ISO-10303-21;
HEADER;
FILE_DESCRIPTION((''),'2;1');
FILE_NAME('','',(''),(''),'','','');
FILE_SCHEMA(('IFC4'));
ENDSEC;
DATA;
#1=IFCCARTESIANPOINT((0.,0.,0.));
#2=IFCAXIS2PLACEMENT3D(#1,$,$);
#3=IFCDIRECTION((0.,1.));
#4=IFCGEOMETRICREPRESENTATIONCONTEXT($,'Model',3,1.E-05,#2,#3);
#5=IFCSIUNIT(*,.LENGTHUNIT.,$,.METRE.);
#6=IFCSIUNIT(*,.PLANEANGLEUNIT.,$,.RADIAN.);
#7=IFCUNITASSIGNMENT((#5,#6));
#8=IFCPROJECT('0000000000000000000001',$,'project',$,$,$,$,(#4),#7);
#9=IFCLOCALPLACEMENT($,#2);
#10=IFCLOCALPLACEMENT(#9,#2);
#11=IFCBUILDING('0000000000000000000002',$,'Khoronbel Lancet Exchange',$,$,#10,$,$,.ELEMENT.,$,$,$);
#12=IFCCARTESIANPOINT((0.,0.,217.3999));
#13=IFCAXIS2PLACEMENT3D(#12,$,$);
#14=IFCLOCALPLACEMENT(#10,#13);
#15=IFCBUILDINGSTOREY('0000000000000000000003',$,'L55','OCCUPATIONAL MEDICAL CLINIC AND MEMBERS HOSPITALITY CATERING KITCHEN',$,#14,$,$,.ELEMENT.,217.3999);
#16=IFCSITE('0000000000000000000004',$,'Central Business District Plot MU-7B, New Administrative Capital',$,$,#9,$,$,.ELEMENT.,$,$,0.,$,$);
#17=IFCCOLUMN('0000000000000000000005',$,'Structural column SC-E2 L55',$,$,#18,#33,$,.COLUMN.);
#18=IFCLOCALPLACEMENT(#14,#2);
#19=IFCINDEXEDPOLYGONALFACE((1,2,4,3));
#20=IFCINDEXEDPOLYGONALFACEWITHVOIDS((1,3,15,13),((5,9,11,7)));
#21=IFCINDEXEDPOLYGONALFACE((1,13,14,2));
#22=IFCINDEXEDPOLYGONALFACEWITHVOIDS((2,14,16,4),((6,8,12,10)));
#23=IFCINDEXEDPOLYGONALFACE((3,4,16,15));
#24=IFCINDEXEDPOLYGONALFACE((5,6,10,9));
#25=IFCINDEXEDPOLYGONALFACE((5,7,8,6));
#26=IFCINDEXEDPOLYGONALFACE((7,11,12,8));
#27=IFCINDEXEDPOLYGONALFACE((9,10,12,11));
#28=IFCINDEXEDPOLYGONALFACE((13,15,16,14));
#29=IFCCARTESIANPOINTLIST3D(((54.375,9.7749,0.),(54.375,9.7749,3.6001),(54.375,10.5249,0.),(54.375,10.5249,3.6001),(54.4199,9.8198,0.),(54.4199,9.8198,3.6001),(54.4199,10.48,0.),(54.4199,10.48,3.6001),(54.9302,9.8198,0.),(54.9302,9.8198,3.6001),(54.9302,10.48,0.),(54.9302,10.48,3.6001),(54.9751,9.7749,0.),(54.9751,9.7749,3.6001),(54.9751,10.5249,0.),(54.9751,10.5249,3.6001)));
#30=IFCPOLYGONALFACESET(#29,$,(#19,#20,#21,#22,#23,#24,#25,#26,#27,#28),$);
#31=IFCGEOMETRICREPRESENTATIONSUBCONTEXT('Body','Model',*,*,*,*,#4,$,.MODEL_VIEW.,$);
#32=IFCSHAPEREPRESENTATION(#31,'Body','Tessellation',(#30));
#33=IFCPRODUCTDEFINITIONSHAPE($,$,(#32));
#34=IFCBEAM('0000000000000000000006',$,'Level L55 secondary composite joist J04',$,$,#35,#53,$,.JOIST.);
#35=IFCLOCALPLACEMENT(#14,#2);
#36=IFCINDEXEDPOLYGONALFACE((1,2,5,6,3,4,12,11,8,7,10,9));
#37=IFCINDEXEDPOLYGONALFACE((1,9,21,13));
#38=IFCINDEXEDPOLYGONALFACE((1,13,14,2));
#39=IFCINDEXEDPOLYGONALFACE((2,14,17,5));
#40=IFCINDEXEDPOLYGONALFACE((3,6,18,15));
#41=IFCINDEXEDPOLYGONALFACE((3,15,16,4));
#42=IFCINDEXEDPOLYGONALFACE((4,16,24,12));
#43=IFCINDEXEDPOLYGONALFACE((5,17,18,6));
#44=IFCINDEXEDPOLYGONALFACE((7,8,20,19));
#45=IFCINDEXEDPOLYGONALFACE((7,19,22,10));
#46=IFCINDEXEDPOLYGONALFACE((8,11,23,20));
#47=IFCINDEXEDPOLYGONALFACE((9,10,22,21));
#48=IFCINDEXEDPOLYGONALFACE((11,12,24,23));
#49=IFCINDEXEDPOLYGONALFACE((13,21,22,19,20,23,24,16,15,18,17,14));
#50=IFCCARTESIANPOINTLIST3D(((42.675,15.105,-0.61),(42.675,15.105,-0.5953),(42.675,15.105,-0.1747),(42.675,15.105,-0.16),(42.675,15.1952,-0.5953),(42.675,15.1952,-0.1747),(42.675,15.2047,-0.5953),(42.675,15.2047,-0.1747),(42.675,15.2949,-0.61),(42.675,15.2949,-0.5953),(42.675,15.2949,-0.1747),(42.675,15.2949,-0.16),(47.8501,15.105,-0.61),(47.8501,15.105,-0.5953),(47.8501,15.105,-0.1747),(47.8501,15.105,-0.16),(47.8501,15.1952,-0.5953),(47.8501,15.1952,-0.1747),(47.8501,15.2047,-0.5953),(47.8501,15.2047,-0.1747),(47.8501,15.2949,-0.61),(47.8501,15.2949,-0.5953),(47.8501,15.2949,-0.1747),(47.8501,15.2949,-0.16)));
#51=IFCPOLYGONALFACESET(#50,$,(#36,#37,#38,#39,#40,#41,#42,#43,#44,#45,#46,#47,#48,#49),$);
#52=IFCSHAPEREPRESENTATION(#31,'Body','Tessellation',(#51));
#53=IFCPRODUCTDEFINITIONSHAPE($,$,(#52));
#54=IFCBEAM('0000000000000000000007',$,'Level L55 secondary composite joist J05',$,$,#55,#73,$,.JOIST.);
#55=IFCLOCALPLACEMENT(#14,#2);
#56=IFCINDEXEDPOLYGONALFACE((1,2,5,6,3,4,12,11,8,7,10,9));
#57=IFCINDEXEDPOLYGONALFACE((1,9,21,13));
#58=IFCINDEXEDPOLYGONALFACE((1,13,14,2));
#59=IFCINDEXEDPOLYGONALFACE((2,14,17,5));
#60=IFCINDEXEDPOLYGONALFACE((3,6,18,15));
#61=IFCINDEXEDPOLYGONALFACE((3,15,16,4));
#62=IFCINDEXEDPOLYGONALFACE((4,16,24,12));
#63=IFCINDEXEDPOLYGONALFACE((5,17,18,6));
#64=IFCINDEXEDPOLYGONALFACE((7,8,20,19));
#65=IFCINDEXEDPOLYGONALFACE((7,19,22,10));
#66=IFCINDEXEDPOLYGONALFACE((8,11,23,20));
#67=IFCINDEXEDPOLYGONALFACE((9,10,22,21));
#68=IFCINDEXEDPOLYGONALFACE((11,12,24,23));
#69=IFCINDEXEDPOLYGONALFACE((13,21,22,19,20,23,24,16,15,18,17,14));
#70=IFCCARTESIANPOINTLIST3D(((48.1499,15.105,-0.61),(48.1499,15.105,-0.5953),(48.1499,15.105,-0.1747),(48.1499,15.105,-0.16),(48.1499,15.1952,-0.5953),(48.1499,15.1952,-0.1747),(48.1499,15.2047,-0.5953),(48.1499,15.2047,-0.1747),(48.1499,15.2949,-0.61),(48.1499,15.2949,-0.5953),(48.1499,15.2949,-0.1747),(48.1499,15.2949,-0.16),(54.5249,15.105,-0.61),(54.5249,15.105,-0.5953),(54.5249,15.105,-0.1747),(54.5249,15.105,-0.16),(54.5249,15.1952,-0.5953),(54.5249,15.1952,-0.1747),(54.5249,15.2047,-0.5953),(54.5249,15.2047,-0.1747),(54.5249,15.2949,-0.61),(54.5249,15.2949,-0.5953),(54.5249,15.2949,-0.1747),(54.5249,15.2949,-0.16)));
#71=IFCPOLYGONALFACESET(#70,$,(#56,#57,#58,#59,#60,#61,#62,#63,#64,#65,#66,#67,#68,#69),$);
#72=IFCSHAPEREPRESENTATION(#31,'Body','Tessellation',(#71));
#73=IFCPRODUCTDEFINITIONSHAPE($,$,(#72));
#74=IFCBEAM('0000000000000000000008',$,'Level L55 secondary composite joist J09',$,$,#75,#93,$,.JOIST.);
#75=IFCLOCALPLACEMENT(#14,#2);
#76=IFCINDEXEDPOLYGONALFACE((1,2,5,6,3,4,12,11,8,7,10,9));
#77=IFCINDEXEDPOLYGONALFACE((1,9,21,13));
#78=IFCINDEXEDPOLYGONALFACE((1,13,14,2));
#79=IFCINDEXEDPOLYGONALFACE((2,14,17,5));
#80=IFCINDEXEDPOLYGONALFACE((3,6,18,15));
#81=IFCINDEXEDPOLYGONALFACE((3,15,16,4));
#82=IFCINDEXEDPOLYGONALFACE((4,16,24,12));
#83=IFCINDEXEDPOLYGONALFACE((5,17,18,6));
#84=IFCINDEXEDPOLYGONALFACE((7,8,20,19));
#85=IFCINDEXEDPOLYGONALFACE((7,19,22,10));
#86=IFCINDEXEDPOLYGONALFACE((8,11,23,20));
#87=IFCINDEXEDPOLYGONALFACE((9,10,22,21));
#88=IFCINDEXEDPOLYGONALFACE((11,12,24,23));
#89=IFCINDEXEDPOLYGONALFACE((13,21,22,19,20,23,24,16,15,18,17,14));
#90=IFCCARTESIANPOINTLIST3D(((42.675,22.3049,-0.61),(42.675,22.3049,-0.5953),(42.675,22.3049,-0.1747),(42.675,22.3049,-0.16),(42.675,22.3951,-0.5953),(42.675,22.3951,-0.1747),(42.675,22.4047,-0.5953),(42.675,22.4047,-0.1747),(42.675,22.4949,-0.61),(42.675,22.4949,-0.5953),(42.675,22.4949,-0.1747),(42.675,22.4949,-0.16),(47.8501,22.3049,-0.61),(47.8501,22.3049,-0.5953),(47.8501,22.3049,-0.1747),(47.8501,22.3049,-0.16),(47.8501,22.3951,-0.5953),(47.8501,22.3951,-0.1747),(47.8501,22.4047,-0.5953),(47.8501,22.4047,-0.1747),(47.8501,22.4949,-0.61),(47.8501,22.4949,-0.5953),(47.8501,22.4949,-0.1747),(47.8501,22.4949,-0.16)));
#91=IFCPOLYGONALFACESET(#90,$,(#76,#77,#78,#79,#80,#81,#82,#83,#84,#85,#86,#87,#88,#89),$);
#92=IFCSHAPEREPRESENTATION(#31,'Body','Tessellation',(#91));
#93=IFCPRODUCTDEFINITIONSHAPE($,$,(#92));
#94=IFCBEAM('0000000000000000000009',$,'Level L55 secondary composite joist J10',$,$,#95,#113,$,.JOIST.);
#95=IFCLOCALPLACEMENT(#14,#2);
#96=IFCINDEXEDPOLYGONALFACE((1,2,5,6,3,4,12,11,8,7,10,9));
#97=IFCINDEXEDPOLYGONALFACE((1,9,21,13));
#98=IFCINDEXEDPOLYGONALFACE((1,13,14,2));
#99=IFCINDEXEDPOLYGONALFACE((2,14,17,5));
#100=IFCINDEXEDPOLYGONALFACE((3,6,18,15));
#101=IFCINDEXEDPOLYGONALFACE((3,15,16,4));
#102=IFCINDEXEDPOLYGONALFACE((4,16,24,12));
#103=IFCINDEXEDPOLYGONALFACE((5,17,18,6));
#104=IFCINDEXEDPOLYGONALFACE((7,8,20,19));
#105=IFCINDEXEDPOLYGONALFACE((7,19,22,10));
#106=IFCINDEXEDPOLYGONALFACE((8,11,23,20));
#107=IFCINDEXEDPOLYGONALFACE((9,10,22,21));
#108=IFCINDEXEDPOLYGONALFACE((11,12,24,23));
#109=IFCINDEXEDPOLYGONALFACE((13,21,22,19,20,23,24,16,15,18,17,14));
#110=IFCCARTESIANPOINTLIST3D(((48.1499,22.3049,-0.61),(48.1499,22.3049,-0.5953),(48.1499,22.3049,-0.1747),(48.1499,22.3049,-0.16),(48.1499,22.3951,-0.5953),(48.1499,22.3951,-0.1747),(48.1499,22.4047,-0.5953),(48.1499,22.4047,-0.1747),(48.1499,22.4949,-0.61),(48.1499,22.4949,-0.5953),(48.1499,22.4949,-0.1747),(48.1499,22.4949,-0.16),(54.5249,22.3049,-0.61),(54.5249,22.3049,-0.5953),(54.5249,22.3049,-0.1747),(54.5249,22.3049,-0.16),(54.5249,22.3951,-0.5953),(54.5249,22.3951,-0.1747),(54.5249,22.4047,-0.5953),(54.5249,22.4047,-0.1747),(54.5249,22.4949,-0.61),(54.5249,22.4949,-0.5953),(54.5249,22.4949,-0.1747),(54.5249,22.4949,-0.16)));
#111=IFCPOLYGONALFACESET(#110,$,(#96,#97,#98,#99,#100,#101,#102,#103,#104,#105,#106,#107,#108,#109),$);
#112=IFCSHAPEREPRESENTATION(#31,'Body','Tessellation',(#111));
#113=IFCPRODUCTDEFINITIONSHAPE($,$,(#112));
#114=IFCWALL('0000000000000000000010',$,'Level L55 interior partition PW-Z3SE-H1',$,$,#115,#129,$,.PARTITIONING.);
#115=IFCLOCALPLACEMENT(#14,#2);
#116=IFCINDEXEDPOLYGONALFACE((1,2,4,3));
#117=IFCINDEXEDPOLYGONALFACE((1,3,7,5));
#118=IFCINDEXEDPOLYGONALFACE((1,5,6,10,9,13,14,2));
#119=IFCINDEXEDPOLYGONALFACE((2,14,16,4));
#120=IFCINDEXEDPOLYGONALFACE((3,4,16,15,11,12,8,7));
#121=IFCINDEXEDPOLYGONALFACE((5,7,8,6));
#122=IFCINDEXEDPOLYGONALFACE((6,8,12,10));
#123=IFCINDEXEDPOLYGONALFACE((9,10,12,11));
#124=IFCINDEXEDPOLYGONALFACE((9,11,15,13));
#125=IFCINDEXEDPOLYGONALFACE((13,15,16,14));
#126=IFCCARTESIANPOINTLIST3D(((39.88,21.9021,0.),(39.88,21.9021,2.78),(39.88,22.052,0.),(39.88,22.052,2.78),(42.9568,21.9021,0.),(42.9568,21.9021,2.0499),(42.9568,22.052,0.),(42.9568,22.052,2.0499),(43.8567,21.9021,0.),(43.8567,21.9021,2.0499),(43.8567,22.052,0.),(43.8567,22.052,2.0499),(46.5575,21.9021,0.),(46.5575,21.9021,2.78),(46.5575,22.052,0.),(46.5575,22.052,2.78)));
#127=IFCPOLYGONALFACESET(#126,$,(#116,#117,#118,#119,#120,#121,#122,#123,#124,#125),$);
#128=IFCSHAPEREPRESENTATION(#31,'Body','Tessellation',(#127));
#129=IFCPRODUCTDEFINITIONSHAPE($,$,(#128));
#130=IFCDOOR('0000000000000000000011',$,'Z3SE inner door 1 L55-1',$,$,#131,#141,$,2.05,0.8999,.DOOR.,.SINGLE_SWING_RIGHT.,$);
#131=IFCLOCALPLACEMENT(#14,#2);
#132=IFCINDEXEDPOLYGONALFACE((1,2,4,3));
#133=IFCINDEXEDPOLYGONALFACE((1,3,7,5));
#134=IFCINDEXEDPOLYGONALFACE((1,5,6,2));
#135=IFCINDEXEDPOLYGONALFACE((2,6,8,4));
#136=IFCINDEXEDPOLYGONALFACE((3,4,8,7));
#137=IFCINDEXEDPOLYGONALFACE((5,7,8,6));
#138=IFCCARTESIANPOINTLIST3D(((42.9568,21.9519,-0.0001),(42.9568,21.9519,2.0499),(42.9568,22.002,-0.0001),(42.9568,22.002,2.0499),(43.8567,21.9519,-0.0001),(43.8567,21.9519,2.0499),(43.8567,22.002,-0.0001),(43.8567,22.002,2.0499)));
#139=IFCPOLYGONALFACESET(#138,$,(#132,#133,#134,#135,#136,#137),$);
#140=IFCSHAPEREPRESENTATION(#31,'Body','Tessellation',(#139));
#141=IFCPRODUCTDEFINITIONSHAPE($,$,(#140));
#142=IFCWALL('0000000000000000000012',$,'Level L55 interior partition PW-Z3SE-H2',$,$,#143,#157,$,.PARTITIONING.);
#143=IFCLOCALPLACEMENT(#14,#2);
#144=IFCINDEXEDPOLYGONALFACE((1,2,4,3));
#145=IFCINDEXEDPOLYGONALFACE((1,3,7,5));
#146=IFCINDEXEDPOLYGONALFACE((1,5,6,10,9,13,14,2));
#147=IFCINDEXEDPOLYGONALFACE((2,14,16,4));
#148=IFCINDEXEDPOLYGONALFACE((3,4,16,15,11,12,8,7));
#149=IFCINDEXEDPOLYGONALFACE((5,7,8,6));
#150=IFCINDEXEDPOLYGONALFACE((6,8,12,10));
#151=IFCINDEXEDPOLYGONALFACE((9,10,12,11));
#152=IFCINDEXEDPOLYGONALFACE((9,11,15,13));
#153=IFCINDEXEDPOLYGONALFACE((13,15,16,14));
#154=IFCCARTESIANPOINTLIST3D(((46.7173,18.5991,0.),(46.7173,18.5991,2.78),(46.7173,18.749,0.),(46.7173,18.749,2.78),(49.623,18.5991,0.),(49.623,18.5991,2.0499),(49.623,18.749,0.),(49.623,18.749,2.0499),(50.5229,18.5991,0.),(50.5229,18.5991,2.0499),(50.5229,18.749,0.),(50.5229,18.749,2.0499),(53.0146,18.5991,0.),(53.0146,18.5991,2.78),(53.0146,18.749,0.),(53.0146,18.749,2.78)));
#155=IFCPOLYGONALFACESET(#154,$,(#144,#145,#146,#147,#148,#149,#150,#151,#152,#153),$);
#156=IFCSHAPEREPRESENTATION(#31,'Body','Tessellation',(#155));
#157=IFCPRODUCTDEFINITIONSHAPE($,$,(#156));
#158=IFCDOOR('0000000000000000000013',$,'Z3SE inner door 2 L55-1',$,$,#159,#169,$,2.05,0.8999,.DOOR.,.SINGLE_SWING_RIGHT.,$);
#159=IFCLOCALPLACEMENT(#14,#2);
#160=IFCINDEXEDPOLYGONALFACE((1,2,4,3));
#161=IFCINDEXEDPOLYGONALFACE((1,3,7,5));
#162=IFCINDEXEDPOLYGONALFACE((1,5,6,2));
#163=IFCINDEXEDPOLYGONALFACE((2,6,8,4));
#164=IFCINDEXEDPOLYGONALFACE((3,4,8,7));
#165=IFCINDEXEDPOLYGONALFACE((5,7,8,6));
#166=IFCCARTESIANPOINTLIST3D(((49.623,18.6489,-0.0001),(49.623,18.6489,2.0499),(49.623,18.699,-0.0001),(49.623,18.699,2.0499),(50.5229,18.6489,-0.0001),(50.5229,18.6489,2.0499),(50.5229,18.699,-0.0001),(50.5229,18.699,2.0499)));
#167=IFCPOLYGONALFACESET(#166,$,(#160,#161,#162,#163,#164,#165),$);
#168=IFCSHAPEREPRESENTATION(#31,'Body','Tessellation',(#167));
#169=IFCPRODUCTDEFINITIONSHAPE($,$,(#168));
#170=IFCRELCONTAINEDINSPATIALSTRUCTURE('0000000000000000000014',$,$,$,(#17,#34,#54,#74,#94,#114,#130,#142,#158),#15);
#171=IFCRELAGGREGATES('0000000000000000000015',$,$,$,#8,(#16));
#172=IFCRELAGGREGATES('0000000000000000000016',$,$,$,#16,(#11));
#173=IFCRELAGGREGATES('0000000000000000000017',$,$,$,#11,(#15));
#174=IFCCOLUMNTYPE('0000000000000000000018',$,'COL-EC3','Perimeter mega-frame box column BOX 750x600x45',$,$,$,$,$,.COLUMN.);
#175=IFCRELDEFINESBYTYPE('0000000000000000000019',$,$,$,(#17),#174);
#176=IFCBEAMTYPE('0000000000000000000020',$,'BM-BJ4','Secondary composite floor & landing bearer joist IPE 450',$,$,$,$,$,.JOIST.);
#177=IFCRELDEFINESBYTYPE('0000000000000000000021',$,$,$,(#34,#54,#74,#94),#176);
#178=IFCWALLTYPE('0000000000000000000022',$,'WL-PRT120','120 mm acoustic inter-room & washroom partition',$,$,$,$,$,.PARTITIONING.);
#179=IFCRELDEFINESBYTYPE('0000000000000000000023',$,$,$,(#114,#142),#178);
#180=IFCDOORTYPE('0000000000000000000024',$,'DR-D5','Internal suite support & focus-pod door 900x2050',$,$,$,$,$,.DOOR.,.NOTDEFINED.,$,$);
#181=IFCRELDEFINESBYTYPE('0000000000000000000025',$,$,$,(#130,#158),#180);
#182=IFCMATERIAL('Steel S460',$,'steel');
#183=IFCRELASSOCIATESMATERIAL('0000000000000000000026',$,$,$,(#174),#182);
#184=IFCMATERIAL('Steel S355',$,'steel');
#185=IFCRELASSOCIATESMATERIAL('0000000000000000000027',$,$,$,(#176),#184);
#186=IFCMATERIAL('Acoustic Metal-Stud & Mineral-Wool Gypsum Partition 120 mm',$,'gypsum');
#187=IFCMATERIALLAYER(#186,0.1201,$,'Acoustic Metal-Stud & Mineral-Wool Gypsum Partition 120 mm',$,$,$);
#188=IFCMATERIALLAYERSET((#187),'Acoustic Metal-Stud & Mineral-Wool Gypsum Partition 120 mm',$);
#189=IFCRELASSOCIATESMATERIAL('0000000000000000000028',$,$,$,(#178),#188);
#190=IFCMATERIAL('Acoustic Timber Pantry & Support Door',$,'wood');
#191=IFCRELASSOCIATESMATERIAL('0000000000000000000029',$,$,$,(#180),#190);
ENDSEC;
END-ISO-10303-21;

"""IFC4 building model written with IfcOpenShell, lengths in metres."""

from ifc_helpers import new_model, si_unit, direction, frame, frame_2d, origin, origin_2d, place, context, subcontext, project, spatial, rectangle, hollow_rectangle, i_section, extrude, material, layer, layer_set, material_profile, profile_set, type_object, element, fill, save


model = new_model("IFC4")

# Units and contexts
model_context = context("Model", 3, precision=1e-05, world=origin(), true_north=direction((0.0, 1.0)))
body_context = subcontext(model_context, "Body", "Model", "MODEL_VIEW")
ifc_project = project(units=[si_unit("LENGTHUNIT", "METRE"), si_unit("PLANEANGLEUNIT", "RADIAN")], contexts=[model_context])

# Site, building, storey
site_placement = place(None, origin())
site = spatial("IfcSite", under=ifc_project, at=site_placement, Name="Central Business District Plot MU-7B, New Administrative Capital", CompositionType="ELEMENT", RefElevation=0.0)
building_placement = place(site_placement, origin())
building = spatial("IfcBuilding", under=site, at=building_placement, Name="Khoronbel Lancet Exchange", CompositionType="ELEMENT")
storey_placement = place(building_placement, frame((0.0, 0.0, 217.3999)))
storey = spatial("IfcBuildingStorey", under=building, at=storey_placement, Name="L55", Description="OCCUPATIONAL MEDICAL CLINIC AND MEMBERS HOSPITALITY CATERING KITCHEN", CompositionType="ELEMENT", Elevation=217.3999)

# Column
ifc_material_1 = material(Name="Steel S460", Category="steel")
ifc_material_profile_1 = material_profile(ifc_material_1, hollow_rectangle(XDim=0.6001, YDim=0.75, WallThickness=0.0449, at=origin_2d()), Name="BOX 750x600x45")
ifc_profile_set_1 = profile_set([ifc_material_profile_1], Name="Steel S460")
column_type = type_object("IfcColumnType", Name="COL-EC3", Description="Perimeter mega-frame box column BOX 750x600x45", PredefinedType="COLUMN", material=ifc_profile_set_1)
column_placement = place(storey_placement, frame((54.675, 10.1499, 0.0), z_axis=(0.0, 0.0, 1.0), x_axis=(1.0, 0.0, 0.0)))
element("IfcColumn", 1, at=column_placement, inside=storey, type_object=column_type, Name="Structural column SC-E2 L55", PredefinedType="COLUMN", context=body_context, shape_type="SweptSolid", body=[
    extrude(hollow_rectangle(XDim=0.6001, YDim=0.75, WallThickness=0.0449, at=origin_2d()), origin(), (0.0, 0.0, 1.0), 3.6001),
])

# Beams
ifc_material_2 = material(Name="Steel S355", Category="steel")
ifc_material_profile_2 = material_profile(ifc_material_2, i_section(OverallWidth=0.1899, OverallDepth=0.45, WebThickness=0.0095, FlangeThickness=0.0146, at=origin_2d()), Name="IPE 450")
ifc_profile_set_2 = profile_set([ifc_material_profile_2], Name="Steel S355")
beam_type = type_object("IfcBeamType", Name="BM-BJ4", Description="Secondary composite floor & landing bearer joist IPE 450", PredefinedType="JOIST", material=ifc_profile_set_2)
beam_1_placement = place(storey_placement, frame((42.675, 15.2, -0.385), z_axis=(1.0, 0.0, 0.0), x_axis=(0.0, 1.0, 0.0)))
element("IfcBeam", 2, at=beam_1_placement, inside=storey, type_object=beam_type, Name="Level L55 secondary composite joist J04", PredefinedType="JOIST", context=body_context, shape_type="SweptSolid", body=[
    extrude(i_section(OverallWidth=0.1899, OverallDepth=0.45, WebThickness=0.0095, FlangeThickness=0.0146, at=origin_2d()), origin(), (0.0, 0.0, 1.0), 5.175),
])
beam_2_placement = place(storey_placement, frame((48.1499, 15.2, -0.385), z_axis=(1.0, 0.0, 0.0), x_axis=(0.0, 1.0, 0.0)))
element("IfcBeam", 3, at=beam_2_placement, inside=storey, type_object=beam_type, Name="Level L55 secondary composite joist J05", PredefinedType="JOIST", context=body_context, shape_type="SweptSolid", body=[
    extrude(i_section(OverallWidth=0.1899, OverallDepth=0.45, WebThickness=0.0095, FlangeThickness=0.0146, at=origin_2d()), origin(), (0.0, 0.0, 1.0), 6.375),
])
beam_3_placement = place(storey_placement, frame((42.675, 22.3999, -0.385), z_axis=(1.0, 0.0, 0.0), x_axis=(0.0, 1.0, 0.0)))
element("IfcBeam", 4, at=beam_3_placement, inside=storey, type_object=beam_type, Name="Level L55 secondary composite joist J09", PredefinedType="JOIST", context=body_context, shape_type="SweptSolid", body=[
    extrude(i_section(OverallWidth=0.1899, OverallDepth=0.45, WebThickness=0.0095, FlangeThickness=0.0146, at=origin_2d()), origin(), (0.0, 0.0, 1.0), 5.175),
])
beam_4_placement = place(storey_placement, frame((48.1499, 22.3999, -0.385), z_axis=(1.0, 0.0, 0.0), x_axis=(0.0, 1.0, 0.0)))
element("IfcBeam", 5, at=beam_4_placement, inside=storey, type_object=beam_type, Name="Level L55 secondary composite joist J10", PredefinedType="JOIST", context=body_context, shape_type="SweptSolid", body=[
    extrude(i_section(OverallWidth=0.1899, OverallDepth=0.45, WebThickness=0.0095, FlangeThickness=0.0146, at=origin_2d()), origin(), (0.0, 0.0, 1.0), 6.375),
])

# Walls, openings, doors
ifc_material_3 = material(Name="Acoustic Metal-Stud & Mineral-Wool Gypsum Partition 120 mm", Category="gypsum")
ifc_layer_1 = layer(ifc_material_3, 0.1201, Name="Acoustic Metal-Stud & Mineral-Wool Gypsum Partition 120 mm")
ifc_layer_set_1 = layer_set([ifc_layer_1], Name="Acoustic Metal-Stud & Mineral-Wool Gypsum Partition 120 mm")
wall_type_1 = type_object("IfcWallType", Name="WL-PRT120", Description="120 mm acoustic inter-room & washroom partition", PredefinedType="PARTITIONING", material=ifc_layer_set_1)
wall_1_placement = place(storey_placement, frame((39.8799, 21.9771, 0.0), z_axis=(0.0, 0.0, 1.0), x_axis=(1.0, 0.0, 0.0)))
wall_1 = element("IfcWall", 6, at=wall_1_placement, inside=storey, type_object=wall_type_1, Name="Level L55 interior partition PW-Z3SE-H1", PredefinedType="PARTITIONING", context=body_context, shape_type="SweptSolid", body=[
    extrude(rectangle(XDim=6.6775, YDim=0.1499, at=frame_2d((3.3389, 0.0))), origin(), (0.0, 0.0, 1.0), 2.78),
])
opening_1_placement = place(wall_1_placement, frame((3.0769, 0.0, 0.0)))
opening_1 = element("IfcOpeningElement", 7, at=opening_1_placement, cuts=wall_1, PredefinedType="OPENING", context=body_context, shape_type="SweptSolid", body=[
    extrude(rectangle(XDim=0.8999, YDim=2.05, at=frame_2d((0.45, 1.0249))), frame((0.0, 0.085, 0.0), z_axis=(0.0, -1.0, 0.0), x_axis=(1.0, 0.0, 0.0)), (0.0, 0.0, 1.0), 0.1699),
])
ifc_material_4 = material(Name="Acoustic Timber Pantry & Support Door", Category="wood")
door_type_1 = type_object("IfcDoorType", Name="DR-D5", Description="Internal suite support & focus-pod door 900x2050", OperationType="NOTDEFINED", PredefinedType="DOOR", material=ifc_material_4)
door_1_placement = place(opening_1_placement, origin())
door_1 = element("IfcDoor", 8, at=door_1_placement, inside=storey, type_object=door_type_1, Name="Z3SE inner door 1 L55-1", OperationType="SINGLE_SWING_RIGHT", OverallHeight=2.05, OverallWidth=0.8999, PredefinedType="DOOR", context=body_context, shape_type="SweptSolid", body=[
    extrude(rectangle(XDim=0.8999, YDim=2.05, at=frame_2d((0.45, 1.0249))), frame((0.0, 0.0249, 0.0), z_axis=(0.0, -1.0, 0.0), x_axis=(1.0, 0.0, 0.0)), (0.0, 0.0, 1.0), 0.05),
])
fill(opening_1, door_1)
wall_2_placement = place(storey_placement, frame((46.7173, 18.6741, 0.0), z_axis=(0.0, 0.0, 1.0), x_axis=(1.0, 0.0, 0.0)))
wall_2 = element("IfcWall", 9, at=wall_2_placement, inside=storey, type_object=wall_type_1, Name="Level L55 interior partition PW-Z3SE-H2", PredefinedType="PARTITIONING", context=body_context, shape_type="SweptSolid", body=[
    extrude(rectangle(XDim=6.2974, YDim=0.1499, at=frame_2d((3.1487, 0.0))), origin(), (0.0, 0.0, 1.0), 2.78),
])
opening_2_placement = place(wall_2_placement, frame((2.9058, 0.0, 0.0)))
opening_2 = element("IfcOpeningElement", 10, at=opening_2_placement, cuts=wall_2, PredefinedType="OPENING", context=body_context, shape_type="SweptSolid", body=[
    extrude(rectangle(XDim=0.8999, YDim=2.05, at=frame_2d((0.45, 1.0249))), frame((0.0, 0.085, 0.0), z_axis=(0.0, -1.0, 0.0), x_axis=(1.0, 0.0, 0.0)), (0.0, 0.0, 1.0), 0.1699),
])
door_2_placement = place(opening_2_placement, origin())
door_2 = element("IfcDoor", 11, at=door_2_placement, inside=storey, type_object=door_type_1, Name="Z3SE inner door 2 L55-1", OperationType="SINGLE_SWING_RIGHT", OverallHeight=2.05, OverallWidth=0.8999, PredefinedType="DOOR", context=body_context, shape_type="SweptSolid", body=[
    extrude(rectangle(XDim=0.8999, YDim=2.05, at=frame_2d((0.45, 1.0249))), frame((0.0, 0.0249, 0.0), z_axis=(0.0, -1.0, 0.0), x_axis=(1.0, 0.0, 0.0)), (0.0, 0.0, 1.0), 0.05),
])
fill(opening_2, door_2)

save(model, "model.ifc")
